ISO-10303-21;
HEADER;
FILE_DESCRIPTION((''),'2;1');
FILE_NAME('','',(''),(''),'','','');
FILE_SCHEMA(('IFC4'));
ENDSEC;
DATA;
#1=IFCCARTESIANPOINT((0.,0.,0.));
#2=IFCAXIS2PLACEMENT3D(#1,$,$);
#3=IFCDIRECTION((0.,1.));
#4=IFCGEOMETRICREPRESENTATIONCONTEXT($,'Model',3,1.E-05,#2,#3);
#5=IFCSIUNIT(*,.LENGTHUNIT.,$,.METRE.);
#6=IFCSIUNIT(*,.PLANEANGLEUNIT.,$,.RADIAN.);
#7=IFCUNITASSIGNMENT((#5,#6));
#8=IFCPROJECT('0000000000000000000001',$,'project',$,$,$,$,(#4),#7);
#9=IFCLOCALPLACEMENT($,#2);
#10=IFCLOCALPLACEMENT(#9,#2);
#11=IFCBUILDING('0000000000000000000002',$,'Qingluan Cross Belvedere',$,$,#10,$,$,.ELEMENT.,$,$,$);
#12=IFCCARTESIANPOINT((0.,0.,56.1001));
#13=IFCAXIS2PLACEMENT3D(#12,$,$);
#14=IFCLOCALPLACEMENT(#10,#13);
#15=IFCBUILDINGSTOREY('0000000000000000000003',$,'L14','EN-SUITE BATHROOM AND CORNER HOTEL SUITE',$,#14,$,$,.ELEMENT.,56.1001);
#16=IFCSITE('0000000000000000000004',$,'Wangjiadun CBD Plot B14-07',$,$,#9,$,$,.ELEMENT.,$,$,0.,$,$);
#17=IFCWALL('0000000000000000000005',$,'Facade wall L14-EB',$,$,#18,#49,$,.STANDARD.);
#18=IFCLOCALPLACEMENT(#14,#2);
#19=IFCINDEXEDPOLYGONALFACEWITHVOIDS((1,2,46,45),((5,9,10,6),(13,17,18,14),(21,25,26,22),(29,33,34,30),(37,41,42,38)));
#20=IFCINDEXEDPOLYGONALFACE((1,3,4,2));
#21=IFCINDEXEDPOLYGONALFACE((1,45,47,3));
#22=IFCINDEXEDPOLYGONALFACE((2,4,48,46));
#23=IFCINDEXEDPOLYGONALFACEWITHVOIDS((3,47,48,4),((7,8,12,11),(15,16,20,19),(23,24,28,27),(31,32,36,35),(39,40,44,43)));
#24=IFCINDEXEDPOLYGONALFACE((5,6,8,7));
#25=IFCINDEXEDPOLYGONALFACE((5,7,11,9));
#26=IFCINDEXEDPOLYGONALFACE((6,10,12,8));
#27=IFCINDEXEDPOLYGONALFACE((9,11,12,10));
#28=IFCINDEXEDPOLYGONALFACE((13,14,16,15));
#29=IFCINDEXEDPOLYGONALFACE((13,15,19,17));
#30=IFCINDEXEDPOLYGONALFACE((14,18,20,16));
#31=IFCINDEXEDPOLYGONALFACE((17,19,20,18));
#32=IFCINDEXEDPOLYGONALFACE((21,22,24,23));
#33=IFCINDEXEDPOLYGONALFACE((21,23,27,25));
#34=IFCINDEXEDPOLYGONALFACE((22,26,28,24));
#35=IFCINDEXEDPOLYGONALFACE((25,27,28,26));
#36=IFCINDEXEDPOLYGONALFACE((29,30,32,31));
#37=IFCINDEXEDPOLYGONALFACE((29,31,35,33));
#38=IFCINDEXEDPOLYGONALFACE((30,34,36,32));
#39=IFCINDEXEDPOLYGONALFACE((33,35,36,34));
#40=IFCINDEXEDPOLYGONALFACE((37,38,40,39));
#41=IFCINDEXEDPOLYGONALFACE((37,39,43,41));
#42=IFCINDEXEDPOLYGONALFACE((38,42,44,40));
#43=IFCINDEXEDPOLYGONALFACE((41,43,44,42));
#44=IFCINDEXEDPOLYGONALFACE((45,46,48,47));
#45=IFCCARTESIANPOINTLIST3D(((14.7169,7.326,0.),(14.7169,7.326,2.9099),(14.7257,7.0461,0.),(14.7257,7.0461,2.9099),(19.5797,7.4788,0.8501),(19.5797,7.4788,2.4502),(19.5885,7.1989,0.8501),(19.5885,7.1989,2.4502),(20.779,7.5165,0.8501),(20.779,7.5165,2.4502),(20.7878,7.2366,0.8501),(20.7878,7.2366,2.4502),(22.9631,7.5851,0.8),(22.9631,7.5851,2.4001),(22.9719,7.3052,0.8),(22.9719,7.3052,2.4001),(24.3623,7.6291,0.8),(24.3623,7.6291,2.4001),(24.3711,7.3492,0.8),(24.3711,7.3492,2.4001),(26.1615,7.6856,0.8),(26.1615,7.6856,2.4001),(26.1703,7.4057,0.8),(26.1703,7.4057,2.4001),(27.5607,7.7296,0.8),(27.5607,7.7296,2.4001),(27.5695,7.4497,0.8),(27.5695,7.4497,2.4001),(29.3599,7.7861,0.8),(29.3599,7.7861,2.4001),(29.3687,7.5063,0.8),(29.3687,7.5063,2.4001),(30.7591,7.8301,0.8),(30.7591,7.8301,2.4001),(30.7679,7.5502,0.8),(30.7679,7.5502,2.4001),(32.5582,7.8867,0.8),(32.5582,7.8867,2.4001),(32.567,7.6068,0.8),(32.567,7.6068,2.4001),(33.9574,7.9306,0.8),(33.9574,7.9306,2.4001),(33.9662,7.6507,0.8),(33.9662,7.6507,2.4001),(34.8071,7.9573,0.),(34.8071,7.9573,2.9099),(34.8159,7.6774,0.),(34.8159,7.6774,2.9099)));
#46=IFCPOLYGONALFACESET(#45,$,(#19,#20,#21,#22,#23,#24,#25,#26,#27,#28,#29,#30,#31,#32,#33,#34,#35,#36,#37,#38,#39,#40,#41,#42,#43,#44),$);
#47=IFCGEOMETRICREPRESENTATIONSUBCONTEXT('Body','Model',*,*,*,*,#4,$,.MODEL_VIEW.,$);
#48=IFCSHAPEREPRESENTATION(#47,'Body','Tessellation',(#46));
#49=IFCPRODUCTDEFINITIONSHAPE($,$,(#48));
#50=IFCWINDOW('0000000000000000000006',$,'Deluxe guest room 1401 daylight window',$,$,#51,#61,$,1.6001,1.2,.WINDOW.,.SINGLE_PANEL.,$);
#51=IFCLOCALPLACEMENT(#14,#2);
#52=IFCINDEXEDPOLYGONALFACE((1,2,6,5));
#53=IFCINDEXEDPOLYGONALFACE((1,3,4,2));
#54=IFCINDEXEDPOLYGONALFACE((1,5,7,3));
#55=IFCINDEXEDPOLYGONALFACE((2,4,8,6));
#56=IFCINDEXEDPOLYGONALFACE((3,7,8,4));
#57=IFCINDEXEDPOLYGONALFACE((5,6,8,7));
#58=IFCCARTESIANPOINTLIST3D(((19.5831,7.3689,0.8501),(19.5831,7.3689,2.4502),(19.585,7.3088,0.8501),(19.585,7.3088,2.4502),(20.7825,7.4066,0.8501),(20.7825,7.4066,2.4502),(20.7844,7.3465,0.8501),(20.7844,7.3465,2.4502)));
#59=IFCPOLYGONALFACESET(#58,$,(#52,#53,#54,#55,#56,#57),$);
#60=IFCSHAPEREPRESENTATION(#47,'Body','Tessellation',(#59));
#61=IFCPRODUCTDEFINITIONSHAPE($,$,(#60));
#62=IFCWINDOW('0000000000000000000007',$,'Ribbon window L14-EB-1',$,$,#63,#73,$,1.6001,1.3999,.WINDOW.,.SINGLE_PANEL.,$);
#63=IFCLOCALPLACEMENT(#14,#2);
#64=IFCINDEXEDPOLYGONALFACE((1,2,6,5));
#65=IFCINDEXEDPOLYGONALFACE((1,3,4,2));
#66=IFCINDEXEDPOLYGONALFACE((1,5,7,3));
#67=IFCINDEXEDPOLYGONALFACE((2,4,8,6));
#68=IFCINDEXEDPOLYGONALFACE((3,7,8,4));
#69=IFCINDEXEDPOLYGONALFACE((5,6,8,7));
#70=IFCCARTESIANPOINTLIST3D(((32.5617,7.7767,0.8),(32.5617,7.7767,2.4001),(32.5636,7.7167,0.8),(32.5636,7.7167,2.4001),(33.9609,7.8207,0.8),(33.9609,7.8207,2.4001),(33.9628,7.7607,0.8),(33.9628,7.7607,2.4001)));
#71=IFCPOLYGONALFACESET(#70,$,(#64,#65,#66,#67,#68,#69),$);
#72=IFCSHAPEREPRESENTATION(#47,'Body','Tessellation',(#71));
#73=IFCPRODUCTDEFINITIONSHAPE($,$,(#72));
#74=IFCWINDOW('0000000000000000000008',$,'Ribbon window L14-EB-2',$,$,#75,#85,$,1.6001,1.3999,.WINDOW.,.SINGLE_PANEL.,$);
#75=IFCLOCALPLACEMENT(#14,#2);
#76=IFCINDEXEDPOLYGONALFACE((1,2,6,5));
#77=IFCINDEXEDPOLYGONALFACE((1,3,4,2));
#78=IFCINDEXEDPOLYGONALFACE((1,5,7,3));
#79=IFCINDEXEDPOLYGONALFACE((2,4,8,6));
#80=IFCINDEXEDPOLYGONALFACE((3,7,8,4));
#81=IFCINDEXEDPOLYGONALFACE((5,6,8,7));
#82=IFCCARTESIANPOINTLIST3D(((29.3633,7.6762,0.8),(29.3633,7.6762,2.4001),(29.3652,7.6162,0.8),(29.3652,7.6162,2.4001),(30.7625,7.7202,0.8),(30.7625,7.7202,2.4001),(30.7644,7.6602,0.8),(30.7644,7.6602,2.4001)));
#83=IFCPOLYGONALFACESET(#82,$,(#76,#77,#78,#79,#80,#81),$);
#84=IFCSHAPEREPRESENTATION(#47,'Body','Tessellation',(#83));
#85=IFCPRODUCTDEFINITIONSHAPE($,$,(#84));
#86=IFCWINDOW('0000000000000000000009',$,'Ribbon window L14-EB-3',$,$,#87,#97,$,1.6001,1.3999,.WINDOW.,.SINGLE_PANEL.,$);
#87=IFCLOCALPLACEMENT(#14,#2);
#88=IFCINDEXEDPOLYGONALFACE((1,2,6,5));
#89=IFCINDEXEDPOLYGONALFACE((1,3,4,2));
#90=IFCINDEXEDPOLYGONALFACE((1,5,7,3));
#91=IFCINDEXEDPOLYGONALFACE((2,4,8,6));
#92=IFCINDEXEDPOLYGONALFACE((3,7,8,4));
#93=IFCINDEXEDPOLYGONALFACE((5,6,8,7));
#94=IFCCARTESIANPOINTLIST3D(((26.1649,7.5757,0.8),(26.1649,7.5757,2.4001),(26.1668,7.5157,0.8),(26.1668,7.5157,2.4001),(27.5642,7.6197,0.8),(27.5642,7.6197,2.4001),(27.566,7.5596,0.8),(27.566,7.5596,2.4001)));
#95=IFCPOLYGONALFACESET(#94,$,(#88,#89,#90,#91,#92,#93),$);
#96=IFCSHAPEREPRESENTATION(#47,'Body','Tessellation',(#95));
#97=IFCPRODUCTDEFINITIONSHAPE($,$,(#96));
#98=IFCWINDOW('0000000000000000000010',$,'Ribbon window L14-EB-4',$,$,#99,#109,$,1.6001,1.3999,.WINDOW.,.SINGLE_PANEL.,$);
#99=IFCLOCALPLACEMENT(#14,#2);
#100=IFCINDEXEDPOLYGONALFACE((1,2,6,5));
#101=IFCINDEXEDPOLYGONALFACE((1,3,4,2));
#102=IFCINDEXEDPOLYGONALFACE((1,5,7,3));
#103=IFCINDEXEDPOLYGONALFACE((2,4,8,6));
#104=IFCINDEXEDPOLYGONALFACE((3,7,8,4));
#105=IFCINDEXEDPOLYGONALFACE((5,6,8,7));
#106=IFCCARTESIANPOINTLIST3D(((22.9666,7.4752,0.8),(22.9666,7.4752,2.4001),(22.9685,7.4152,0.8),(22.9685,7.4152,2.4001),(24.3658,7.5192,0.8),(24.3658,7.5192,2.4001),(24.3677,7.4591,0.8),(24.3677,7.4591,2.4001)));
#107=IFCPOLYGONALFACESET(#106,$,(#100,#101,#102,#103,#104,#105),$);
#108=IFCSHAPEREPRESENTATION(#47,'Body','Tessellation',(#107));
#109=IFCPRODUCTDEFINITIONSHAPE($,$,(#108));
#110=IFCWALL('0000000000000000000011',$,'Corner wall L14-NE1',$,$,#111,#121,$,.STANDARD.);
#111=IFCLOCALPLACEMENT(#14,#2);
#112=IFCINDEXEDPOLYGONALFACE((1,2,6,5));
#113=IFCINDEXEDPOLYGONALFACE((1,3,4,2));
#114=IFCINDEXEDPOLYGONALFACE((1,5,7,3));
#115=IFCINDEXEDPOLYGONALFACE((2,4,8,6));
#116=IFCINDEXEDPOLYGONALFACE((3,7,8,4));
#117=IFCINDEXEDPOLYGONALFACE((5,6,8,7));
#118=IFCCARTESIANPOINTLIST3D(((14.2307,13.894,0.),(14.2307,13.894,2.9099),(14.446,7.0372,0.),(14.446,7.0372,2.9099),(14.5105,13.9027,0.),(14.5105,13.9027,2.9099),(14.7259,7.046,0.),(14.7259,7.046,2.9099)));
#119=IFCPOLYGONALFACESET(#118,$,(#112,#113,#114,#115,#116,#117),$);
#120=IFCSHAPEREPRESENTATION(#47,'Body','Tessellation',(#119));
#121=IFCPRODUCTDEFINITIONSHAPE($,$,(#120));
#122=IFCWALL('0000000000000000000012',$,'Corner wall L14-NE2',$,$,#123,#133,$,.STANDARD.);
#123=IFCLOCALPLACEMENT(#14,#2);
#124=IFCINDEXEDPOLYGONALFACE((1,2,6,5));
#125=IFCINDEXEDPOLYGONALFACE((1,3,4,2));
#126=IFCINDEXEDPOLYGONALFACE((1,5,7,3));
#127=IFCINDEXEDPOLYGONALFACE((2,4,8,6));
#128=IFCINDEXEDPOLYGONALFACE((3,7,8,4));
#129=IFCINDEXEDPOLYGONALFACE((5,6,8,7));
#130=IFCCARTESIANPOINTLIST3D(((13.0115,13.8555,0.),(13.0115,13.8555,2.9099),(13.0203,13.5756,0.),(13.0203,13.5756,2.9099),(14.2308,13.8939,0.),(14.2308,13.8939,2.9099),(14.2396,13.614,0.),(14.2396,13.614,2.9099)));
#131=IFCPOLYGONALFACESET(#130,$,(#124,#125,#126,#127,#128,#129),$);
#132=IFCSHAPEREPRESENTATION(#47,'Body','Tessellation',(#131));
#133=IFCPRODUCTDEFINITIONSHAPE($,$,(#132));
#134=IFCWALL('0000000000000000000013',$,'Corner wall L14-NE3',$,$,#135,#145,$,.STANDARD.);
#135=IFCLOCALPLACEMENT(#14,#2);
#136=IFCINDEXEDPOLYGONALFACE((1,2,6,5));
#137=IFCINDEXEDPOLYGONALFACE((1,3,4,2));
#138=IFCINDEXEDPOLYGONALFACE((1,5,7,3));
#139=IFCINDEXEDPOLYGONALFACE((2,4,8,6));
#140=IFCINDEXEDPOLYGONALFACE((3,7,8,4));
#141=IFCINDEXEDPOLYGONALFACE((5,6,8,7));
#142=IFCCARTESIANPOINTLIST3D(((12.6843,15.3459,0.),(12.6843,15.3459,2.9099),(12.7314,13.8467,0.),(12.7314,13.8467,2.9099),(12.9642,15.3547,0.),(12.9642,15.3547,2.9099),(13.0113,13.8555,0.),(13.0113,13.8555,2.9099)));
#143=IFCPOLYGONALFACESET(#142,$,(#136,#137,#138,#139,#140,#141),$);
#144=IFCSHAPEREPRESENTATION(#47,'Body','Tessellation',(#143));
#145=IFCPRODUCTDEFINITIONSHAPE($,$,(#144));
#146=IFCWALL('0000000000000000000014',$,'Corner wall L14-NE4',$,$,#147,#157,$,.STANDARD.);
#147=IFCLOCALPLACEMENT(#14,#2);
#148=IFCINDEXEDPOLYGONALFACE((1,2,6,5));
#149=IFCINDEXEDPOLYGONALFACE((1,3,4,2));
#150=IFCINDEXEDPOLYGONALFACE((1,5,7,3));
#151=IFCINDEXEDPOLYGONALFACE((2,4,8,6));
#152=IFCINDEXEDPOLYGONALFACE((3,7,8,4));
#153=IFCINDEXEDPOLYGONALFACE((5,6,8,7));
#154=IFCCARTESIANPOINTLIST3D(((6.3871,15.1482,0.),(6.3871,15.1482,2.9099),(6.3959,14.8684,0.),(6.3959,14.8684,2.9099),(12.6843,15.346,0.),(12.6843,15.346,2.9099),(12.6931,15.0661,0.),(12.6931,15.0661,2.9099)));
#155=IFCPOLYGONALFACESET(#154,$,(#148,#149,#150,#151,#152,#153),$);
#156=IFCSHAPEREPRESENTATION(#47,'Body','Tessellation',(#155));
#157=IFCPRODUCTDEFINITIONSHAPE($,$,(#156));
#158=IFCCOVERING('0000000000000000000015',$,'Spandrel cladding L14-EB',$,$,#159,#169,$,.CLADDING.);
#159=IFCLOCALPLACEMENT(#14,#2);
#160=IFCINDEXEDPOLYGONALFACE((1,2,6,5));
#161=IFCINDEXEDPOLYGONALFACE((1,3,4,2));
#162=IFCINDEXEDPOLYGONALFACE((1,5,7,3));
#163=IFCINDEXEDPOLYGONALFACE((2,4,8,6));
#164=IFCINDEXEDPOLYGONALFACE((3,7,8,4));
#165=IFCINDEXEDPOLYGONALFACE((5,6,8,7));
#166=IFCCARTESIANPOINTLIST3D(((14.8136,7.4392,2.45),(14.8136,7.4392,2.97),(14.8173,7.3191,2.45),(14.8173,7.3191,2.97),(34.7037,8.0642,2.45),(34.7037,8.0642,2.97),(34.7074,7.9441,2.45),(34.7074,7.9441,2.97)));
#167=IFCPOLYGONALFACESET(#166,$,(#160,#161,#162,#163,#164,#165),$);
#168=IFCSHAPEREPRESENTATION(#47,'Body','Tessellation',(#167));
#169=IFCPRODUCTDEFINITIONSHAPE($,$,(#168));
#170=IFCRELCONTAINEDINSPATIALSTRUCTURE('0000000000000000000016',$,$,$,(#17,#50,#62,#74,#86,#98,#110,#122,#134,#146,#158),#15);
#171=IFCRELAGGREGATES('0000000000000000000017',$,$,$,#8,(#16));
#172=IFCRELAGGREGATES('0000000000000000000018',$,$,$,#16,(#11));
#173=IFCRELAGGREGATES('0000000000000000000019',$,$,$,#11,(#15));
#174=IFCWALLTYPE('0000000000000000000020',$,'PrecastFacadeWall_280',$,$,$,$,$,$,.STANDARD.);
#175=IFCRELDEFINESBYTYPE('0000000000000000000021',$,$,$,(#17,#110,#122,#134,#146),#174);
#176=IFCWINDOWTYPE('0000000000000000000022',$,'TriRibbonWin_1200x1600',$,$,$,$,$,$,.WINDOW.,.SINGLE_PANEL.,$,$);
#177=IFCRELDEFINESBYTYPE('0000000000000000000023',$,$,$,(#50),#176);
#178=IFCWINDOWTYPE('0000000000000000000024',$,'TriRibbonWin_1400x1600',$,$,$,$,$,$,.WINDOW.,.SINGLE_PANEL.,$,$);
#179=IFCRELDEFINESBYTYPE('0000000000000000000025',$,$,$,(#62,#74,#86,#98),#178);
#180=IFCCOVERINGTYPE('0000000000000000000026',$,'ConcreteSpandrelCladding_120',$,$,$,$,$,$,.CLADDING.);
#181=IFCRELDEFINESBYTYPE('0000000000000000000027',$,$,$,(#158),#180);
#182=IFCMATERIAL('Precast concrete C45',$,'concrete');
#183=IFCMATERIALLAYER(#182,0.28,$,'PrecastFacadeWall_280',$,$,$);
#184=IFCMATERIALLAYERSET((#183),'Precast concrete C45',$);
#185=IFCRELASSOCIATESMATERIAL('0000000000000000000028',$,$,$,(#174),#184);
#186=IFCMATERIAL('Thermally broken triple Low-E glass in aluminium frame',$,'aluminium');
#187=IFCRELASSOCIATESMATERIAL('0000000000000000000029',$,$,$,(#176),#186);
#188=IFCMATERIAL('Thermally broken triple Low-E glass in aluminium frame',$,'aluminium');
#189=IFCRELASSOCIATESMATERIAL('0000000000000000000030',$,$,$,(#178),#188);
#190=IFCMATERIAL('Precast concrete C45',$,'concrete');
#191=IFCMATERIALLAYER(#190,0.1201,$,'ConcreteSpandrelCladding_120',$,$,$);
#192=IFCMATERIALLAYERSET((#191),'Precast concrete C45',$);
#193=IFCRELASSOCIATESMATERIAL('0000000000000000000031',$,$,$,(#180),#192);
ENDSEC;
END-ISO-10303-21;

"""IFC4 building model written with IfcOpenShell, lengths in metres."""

from ifc_helpers import new_model, si_unit, direction, frame, frame_2d, origin, origin_2d, place, context, subcontext, project, spatial, rectangle, extrude, material, layer, layer_set, type_object, element, fill, save


model = new_model("IFC4")

# Units and contexts
model_context = context("Model", 3, precision=1e-05, world=origin(), true_north=direction((0.0, 1.0)))
body_context = subcontext(model_context, "Body", "Model", "MODEL_VIEW")
ifc_project = project(units=[si_unit("LENGTHUNIT", "METRE"), si_unit("PLANEANGLEUNIT", "RADIAN")], contexts=[model_context])

# Site, building, storey
site_placement = place(None, origin())
site = spatial("IfcSite", under=ifc_project, at=site_placement, Name="Wangjiadun CBD Plot B14-07", CompositionType="ELEMENT", RefElevation=0.0)
building_placement = place(site_placement, origin())
building = spatial("IfcBuilding", under=site, at=building_placement, Name="Qingluan Cross Belvedere", CompositionType="ELEMENT")
storey_placement = place(building_placement, frame((0.0, 0.0, 56.1001)))
storey = spatial("IfcBuildingStorey", under=building, at=storey_placement, Name="L14", Description="EN-SUITE BATHROOM AND CORNER HOTEL SUITE", CompositionType="ELEMENT", Elevation=56.1001)

# Wall, openings, windows
ifc_material_1 = material(Name="Precast concrete C45", Category="concrete")
ifc_layer_1 = layer(ifc_material_1, 0.28, Name="PrecastFacadeWall_280")
ifc_layer_set_1 = layer_set([ifc_layer_1], Name="Precast concrete C45")
wall_type = type_object("IfcWallType", Name="PrecastFacadeWall_280", PredefinedType="STANDARD", material=ifc_layer_set_1)
wall_1_placement = place(storey_placement, frame((34.8115, 7.8174, 0.0), z_axis=(0.0, 0.0, 1.0), x_axis=(-0.999507, -0.03141, 0.0)))
wall_1 = element("IfcWall", 1, at=wall_1_placement, inside=storey, type_object=wall_type, Name="Facade wall L14-EB", PredefinedType="STANDARD", context=body_context, shape_type="SweptSolid", body=[
    extrude(rectangle(XDim=20.1001, YDim=0.28, at=frame_2d((10.05, 0.0))), origin(), (0.0, 0.0, 1.0), 2.9099),
])
opening_1_placement = place(wall_1_placement, frame((0.8501, 0.0, 0.8)))
opening_1 = element("IfcOpeningElement", 2, at=opening_1_placement, cuts=wall_1, PredefinedType="OPENING", context=body_context, shape_type="SweptSolid", body=[
    extrude(rectangle(XDim=1.3999, YDim=1.6001, at=frame_2d((0.7, 0.8))), frame((0.0, 0.1499, 0.0), z_axis=(0.0, -1.0, 0.0), x_axis=(1.0, 0.0, 0.0)), (0.0, 0.0, 1.0), 0.3),
])
opening_2_placement = place(wall_1_placement, frame((4.05, 0.0, 0.8)))
opening_2 = element("IfcOpeningElement", 3, at=opening_2_placement, cuts=wall_1, PredefinedType="OPENING", context=body_context, shape_type="SweptSolid", body=[
    extrude(rectangle(XDim=1.3999, YDim=1.6001, at=frame_2d((0.7, 0.8))), frame((0.0, 0.1499, 0.0), z_axis=(0.0, -1.0, 0.0), x_axis=(1.0, 0.0, 0.0)), (0.0, 0.0, 1.0), 0.3),
])
opening_3_placement = place(wall_1_placement, frame((7.25, 0.0, 0.8)))
opening_3 = element("IfcOpeningElement", 4, at=opening_3_placement, cuts=wall_1, PredefinedType="OPENING", context=body_context, shape_type="SweptSolid", body=[
    extrude(rectangle(XDim=1.3999, YDim=1.6001, at=frame_2d((0.7, 0.8))), frame((0.0, 0.1499, 0.0), z_axis=(0.0, -1.0, 0.0), x_axis=(1.0, 0.0, 0.0)), (0.0, 0.0, 1.0), 0.3),
])
opening_4_placement = place(wall_1_placement, frame((10.45, 0.0, 0.8)))
opening_4 = element("IfcOpeningElement", 5, at=opening_4_placement, cuts=wall_1, PredefinedType="OPENING", context=body_context, shape_type="SweptSolid", body=[
    extrude(rectangle(XDim=1.3999, YDim=1.6001, at=frame_2d((0.7, 0.8))), frame((0.0, 0.1499, 0.0), z_axis=(0.0, -1.0, 0.0), x_axis=(1.0, 0.0, 0.0)), (0.0, 0.0, 1.0), 0.3),
])
opening_5_placement = place(wall_1_placement, frame((14.0349, 0.0, 0.8501)))
opening_5 = element("IfcOpeningElement", 6, at=opening_5_placement, cuts=wall_1, PredefinedType="OPENING", context=body_context, shape_type="SweptSolid", body=[
    extrude(rectangle(XDim=1.2, YDim=1.6001, at=frame_2d((0.6001, 0.8))), frame((0.0, 0.1499, 0.0), z_axis=(0.0, -1.0, 0.0), x_axis=(1.0, 0.0, 0.0)), (0.0, 0.0, 1.0), 0.3),
])
ifc_material_2 = material(Name="Thermally broken triple Low-E glass in aluminium frame", Category="aluminium")
window_type_1 = type_object("IfcWindowType", Name="TriRibbonWin_1200x1600", PartitioningType="SINGLE_PANEL", PredefinedType="WINDOW", material=ifc_material_2)
window_1_placement = place(opening_5_placement, origin())
window_1 = element("IfcWindow", 7, at=window_1_placement, inside=storey, type_object=window_type_1, Name="Deluxe guest room 1401 daylight window", OverallHeight=1.6001, OverallWidth=1.2, PartitioningType="SINGLE_PANEL", PredefinedType="WINDOW", context=body_context, shape_type="SweptSolid", body=[
    extrude(rectangle(XDim=1.2, YDim=1.6001, at=frame_2d((0.6001, 0.8))), frame((0.0, 0.03, 0.0), z_axis=(0.0, -1.0, 0.0), x_axis=(1.0, 0.0, 0.0)), (0.0, 0.0, 1.0), 0.0601),
])
fill(opening_5, window_1)
ifc_material_3 = material(Name="Thermally broken triple Low-E glass in aluminium frame", Category="aluminium")
window_type_2 = type_object("IfcWindowType", Name="TriRibbonWin_1400x1600", PartitioningType="SINGLE_PANEL", PredefinedType="WINDOW", material=ifc_material_3)
window_2_placement = place(opening_1_placement, origin())
window_2 = element("IfcWindow", 8, at=window_2_placement, inside=storey, type_object=window_type_2, Name="Ribbon window L14-EB-1", OverallHeight=1.6001, OverallWidth=1.3999, PartitioningType="SINGLE_PANEL", PredefinedType="WINDOW", context=body_context, shape_type="SweptSolid", body=[
    extrude(rectangle(XDim=1.3999, YDim=1.6001, at=frame_2d((0.7, 0.8))), frame((0.0, 0.03, 0.0), z_axis=(0.0, -1.0, 0.0), x_axis=(1.0, 0.0, 0.0)), (0.0, 0.0, 1.0), 0.0601),
])
fill(opening_1, window_2)
window_3_placement = place(opening_2_placement, origin())
window_3 = element("IfcWindow", 9, at=window_3_placement, inside=storey, type_object=window_type_2, Name="Ribbon window L14-EB-2", OverallHeight=1.6001, OverallWidth=1.3999, PartitioningType="SINGLE_PANEL", PredefinedType="WINDOW", context=body_context, shape_type="SweptSolid", body=[
    extrude(rectangle(XDim=1.3999, YDim=1.6001, at=frame_2d((0.7, 0.8))), frame((0.0, 0.03, 0.0), z_axis=(0.0, -1.0, 0.0), x_axis=(1.0, 0.0, 0.0)), (0.0, 0.0, 1.0), 0.0601),
])
fill(opening_2, window_3)
window_4_placement = place(opening_3_placement, origin())
window_4 = element("IfcWindow", 10, at=window_4_placement, inside=storey, type_object=window_type_2, Name="Ribbon window L14-EB-3", OverallHeight=1.6001, OverallWidth=1.3999, PartitioningType="SINGLE_PANEL", PredefinedType="WINDOW", context=body_context, shape_type="SweptSolid", body=[
    extrude(rectangle(XDim=1.3999, YDim=1.6001, at=frame_2d((0.7, 0.8))), frame((0.0, 0.03, 0.0), z_axis=(0.0, -1.0, 0.0), x_axis=(1.0, 0.0, 0.0)), (0.0, 0.0, 1.0), 0.0601),
])
fill(opening_3, window_4)
window_5_placement = place(opening_4_placement, origin())
window_5 = element("IfcWindow", 11, at=window_5_placement, inside=storey, type_object=window_type_2, Name="Ribbon window L14-EB-4", OverallHeight=1.6001, OverallWidth=1.3999, PartitioningType="SINGLE_PANEL", PredefinedType="WINDOW", context=body_context, shape_type="SweptSolid", body=[
    extrude(rectangle(XDim=1.3999, YDim=1.6001, at=frame_2d((0.7, 0.8))), frame((0.0, 0.03, 0.0), z_axis=(0.0, -1.0, 0.0), x_axis=(1.0, 0.0, 0.0)), (0.0, 0.0, 1.0), 0.0601),
])
fill(opening_4, window_5)

# Walls
wall_2_placement = place(storey_placement, frame((14.5859, 7.0415, 0.0), z_axis=(0.0, 0.0, 1.0), x_axis=(-0.031389, 0.999507, 0.0)))
element("IfcWall", 12, at=wall_2_placement, inside=storey, type_object=wall_type, Name="Corner wall L14-NE1", PredefinedType="STANDARD", context=body_context, shape_type="SweptSolid", body=[
    extrude(rectangle(XDim=6.8601, YDim=0.28, at=frame_2d((3.4302, 0.0))), origin(), (0.0, 0.0, 1.0), 2.9099),
])
wall_3_placement = place(storey_placement, frame((14.2351, 13.7539, 0.0), z_axis=(0.0, 0.0, 1.0), x_axis=(-0.999506, -0.031416, 0.0)))
element("IfcWall", 13, at=wall_3_placement, inside=storey, type_object=wall_type, Name="Corner wall L14-NE2", PredefinedType="STANDARD", context=body_context, shape_type="SweptSolid", body=[
    extrude(rectangle(XDim=1.22, YDim=0.28, at=frame_2d((0.6099, 0.0))), origin(), (0.0, 0.0, 1.0), 2.9099),
])
wall_4_placement = place(storey_placement, frame((12.8713, 13.8511, 0.0), z_axis=(0.0, 0.0, 1.0), x_axis=(-0.031413, 0.999507, 0.0)))
element("IfcWall", 14, at=wall_4_placement, inside=storey, type_object=wall_type, Name="Corner wall L14-NE3", PredefinedType="STANDARD", context=body_context, shape_type="SweptSolid", body=[
    extrude(rectangle(XDim=1.5, YDim=0.28, at=frame_2d((0.75, 0.0))), origin(), (0.0, 0.0, 1.0), 2.9099),
])
wall_5_placement = place(storey_placement, frame((12.6887, 15.2061, 0.0), z_axis=(0.0, 0.0, 1.0), x_axis=(-0.999507, -0.031388, 0.0)))
element("IfcWall", 15, at=wall_5_placement, inside=storey, type_object=wall_type, Name="Corner wall L14-NE4", PredefinedType="STANDARD", context=body_context, shape_type="SweptSolid", body=[
    extrude(rectangle(XDim=6.3003, YDim=0.28, at=frame_2d((3.1501, 0.0))), origin(), (0.0, 0.0, 1.0), 2.9099),
])

# Covering
ifc_material_4 = material(Name="Precast concrete C45", Category="concrete")
ifc_layer_2 = layer(ifc_material_4, 0.1201, Name="ConcreteSpandrelCladding_120")
ifc_layer_set_2 = layer_set([ifc_layer_2], Name="Precast concrete C45")
covering_type = type_object("IfcCoveringType", Name="ConcreteSpandrelCladding_120", PredefinedType="CLADDING", material=ifc_layer_set_2)
covering_1_placement = place(storey_placement, frame((24.7605, 7.6917, 2.45), z_axis=(0.0, 0.0, 1.0), x_axis=(-0.999507, -0.031408, 0.0)))
element("IfcCovering", 16, at=covering_1_placement, inside=storey, type_object=covering_type, Name="Spandrel cladding L14-EB", PredefinedType="CLADDING", context=body_context, shape_type="SweptSolid", body=[
    extrude(rectangle(XDim=19.8999, YDim=0.1201, at=origin_2d()), origin(), (0.0, 0.0, 1.0), 0.52),
])

save(model, "model.ifc")
